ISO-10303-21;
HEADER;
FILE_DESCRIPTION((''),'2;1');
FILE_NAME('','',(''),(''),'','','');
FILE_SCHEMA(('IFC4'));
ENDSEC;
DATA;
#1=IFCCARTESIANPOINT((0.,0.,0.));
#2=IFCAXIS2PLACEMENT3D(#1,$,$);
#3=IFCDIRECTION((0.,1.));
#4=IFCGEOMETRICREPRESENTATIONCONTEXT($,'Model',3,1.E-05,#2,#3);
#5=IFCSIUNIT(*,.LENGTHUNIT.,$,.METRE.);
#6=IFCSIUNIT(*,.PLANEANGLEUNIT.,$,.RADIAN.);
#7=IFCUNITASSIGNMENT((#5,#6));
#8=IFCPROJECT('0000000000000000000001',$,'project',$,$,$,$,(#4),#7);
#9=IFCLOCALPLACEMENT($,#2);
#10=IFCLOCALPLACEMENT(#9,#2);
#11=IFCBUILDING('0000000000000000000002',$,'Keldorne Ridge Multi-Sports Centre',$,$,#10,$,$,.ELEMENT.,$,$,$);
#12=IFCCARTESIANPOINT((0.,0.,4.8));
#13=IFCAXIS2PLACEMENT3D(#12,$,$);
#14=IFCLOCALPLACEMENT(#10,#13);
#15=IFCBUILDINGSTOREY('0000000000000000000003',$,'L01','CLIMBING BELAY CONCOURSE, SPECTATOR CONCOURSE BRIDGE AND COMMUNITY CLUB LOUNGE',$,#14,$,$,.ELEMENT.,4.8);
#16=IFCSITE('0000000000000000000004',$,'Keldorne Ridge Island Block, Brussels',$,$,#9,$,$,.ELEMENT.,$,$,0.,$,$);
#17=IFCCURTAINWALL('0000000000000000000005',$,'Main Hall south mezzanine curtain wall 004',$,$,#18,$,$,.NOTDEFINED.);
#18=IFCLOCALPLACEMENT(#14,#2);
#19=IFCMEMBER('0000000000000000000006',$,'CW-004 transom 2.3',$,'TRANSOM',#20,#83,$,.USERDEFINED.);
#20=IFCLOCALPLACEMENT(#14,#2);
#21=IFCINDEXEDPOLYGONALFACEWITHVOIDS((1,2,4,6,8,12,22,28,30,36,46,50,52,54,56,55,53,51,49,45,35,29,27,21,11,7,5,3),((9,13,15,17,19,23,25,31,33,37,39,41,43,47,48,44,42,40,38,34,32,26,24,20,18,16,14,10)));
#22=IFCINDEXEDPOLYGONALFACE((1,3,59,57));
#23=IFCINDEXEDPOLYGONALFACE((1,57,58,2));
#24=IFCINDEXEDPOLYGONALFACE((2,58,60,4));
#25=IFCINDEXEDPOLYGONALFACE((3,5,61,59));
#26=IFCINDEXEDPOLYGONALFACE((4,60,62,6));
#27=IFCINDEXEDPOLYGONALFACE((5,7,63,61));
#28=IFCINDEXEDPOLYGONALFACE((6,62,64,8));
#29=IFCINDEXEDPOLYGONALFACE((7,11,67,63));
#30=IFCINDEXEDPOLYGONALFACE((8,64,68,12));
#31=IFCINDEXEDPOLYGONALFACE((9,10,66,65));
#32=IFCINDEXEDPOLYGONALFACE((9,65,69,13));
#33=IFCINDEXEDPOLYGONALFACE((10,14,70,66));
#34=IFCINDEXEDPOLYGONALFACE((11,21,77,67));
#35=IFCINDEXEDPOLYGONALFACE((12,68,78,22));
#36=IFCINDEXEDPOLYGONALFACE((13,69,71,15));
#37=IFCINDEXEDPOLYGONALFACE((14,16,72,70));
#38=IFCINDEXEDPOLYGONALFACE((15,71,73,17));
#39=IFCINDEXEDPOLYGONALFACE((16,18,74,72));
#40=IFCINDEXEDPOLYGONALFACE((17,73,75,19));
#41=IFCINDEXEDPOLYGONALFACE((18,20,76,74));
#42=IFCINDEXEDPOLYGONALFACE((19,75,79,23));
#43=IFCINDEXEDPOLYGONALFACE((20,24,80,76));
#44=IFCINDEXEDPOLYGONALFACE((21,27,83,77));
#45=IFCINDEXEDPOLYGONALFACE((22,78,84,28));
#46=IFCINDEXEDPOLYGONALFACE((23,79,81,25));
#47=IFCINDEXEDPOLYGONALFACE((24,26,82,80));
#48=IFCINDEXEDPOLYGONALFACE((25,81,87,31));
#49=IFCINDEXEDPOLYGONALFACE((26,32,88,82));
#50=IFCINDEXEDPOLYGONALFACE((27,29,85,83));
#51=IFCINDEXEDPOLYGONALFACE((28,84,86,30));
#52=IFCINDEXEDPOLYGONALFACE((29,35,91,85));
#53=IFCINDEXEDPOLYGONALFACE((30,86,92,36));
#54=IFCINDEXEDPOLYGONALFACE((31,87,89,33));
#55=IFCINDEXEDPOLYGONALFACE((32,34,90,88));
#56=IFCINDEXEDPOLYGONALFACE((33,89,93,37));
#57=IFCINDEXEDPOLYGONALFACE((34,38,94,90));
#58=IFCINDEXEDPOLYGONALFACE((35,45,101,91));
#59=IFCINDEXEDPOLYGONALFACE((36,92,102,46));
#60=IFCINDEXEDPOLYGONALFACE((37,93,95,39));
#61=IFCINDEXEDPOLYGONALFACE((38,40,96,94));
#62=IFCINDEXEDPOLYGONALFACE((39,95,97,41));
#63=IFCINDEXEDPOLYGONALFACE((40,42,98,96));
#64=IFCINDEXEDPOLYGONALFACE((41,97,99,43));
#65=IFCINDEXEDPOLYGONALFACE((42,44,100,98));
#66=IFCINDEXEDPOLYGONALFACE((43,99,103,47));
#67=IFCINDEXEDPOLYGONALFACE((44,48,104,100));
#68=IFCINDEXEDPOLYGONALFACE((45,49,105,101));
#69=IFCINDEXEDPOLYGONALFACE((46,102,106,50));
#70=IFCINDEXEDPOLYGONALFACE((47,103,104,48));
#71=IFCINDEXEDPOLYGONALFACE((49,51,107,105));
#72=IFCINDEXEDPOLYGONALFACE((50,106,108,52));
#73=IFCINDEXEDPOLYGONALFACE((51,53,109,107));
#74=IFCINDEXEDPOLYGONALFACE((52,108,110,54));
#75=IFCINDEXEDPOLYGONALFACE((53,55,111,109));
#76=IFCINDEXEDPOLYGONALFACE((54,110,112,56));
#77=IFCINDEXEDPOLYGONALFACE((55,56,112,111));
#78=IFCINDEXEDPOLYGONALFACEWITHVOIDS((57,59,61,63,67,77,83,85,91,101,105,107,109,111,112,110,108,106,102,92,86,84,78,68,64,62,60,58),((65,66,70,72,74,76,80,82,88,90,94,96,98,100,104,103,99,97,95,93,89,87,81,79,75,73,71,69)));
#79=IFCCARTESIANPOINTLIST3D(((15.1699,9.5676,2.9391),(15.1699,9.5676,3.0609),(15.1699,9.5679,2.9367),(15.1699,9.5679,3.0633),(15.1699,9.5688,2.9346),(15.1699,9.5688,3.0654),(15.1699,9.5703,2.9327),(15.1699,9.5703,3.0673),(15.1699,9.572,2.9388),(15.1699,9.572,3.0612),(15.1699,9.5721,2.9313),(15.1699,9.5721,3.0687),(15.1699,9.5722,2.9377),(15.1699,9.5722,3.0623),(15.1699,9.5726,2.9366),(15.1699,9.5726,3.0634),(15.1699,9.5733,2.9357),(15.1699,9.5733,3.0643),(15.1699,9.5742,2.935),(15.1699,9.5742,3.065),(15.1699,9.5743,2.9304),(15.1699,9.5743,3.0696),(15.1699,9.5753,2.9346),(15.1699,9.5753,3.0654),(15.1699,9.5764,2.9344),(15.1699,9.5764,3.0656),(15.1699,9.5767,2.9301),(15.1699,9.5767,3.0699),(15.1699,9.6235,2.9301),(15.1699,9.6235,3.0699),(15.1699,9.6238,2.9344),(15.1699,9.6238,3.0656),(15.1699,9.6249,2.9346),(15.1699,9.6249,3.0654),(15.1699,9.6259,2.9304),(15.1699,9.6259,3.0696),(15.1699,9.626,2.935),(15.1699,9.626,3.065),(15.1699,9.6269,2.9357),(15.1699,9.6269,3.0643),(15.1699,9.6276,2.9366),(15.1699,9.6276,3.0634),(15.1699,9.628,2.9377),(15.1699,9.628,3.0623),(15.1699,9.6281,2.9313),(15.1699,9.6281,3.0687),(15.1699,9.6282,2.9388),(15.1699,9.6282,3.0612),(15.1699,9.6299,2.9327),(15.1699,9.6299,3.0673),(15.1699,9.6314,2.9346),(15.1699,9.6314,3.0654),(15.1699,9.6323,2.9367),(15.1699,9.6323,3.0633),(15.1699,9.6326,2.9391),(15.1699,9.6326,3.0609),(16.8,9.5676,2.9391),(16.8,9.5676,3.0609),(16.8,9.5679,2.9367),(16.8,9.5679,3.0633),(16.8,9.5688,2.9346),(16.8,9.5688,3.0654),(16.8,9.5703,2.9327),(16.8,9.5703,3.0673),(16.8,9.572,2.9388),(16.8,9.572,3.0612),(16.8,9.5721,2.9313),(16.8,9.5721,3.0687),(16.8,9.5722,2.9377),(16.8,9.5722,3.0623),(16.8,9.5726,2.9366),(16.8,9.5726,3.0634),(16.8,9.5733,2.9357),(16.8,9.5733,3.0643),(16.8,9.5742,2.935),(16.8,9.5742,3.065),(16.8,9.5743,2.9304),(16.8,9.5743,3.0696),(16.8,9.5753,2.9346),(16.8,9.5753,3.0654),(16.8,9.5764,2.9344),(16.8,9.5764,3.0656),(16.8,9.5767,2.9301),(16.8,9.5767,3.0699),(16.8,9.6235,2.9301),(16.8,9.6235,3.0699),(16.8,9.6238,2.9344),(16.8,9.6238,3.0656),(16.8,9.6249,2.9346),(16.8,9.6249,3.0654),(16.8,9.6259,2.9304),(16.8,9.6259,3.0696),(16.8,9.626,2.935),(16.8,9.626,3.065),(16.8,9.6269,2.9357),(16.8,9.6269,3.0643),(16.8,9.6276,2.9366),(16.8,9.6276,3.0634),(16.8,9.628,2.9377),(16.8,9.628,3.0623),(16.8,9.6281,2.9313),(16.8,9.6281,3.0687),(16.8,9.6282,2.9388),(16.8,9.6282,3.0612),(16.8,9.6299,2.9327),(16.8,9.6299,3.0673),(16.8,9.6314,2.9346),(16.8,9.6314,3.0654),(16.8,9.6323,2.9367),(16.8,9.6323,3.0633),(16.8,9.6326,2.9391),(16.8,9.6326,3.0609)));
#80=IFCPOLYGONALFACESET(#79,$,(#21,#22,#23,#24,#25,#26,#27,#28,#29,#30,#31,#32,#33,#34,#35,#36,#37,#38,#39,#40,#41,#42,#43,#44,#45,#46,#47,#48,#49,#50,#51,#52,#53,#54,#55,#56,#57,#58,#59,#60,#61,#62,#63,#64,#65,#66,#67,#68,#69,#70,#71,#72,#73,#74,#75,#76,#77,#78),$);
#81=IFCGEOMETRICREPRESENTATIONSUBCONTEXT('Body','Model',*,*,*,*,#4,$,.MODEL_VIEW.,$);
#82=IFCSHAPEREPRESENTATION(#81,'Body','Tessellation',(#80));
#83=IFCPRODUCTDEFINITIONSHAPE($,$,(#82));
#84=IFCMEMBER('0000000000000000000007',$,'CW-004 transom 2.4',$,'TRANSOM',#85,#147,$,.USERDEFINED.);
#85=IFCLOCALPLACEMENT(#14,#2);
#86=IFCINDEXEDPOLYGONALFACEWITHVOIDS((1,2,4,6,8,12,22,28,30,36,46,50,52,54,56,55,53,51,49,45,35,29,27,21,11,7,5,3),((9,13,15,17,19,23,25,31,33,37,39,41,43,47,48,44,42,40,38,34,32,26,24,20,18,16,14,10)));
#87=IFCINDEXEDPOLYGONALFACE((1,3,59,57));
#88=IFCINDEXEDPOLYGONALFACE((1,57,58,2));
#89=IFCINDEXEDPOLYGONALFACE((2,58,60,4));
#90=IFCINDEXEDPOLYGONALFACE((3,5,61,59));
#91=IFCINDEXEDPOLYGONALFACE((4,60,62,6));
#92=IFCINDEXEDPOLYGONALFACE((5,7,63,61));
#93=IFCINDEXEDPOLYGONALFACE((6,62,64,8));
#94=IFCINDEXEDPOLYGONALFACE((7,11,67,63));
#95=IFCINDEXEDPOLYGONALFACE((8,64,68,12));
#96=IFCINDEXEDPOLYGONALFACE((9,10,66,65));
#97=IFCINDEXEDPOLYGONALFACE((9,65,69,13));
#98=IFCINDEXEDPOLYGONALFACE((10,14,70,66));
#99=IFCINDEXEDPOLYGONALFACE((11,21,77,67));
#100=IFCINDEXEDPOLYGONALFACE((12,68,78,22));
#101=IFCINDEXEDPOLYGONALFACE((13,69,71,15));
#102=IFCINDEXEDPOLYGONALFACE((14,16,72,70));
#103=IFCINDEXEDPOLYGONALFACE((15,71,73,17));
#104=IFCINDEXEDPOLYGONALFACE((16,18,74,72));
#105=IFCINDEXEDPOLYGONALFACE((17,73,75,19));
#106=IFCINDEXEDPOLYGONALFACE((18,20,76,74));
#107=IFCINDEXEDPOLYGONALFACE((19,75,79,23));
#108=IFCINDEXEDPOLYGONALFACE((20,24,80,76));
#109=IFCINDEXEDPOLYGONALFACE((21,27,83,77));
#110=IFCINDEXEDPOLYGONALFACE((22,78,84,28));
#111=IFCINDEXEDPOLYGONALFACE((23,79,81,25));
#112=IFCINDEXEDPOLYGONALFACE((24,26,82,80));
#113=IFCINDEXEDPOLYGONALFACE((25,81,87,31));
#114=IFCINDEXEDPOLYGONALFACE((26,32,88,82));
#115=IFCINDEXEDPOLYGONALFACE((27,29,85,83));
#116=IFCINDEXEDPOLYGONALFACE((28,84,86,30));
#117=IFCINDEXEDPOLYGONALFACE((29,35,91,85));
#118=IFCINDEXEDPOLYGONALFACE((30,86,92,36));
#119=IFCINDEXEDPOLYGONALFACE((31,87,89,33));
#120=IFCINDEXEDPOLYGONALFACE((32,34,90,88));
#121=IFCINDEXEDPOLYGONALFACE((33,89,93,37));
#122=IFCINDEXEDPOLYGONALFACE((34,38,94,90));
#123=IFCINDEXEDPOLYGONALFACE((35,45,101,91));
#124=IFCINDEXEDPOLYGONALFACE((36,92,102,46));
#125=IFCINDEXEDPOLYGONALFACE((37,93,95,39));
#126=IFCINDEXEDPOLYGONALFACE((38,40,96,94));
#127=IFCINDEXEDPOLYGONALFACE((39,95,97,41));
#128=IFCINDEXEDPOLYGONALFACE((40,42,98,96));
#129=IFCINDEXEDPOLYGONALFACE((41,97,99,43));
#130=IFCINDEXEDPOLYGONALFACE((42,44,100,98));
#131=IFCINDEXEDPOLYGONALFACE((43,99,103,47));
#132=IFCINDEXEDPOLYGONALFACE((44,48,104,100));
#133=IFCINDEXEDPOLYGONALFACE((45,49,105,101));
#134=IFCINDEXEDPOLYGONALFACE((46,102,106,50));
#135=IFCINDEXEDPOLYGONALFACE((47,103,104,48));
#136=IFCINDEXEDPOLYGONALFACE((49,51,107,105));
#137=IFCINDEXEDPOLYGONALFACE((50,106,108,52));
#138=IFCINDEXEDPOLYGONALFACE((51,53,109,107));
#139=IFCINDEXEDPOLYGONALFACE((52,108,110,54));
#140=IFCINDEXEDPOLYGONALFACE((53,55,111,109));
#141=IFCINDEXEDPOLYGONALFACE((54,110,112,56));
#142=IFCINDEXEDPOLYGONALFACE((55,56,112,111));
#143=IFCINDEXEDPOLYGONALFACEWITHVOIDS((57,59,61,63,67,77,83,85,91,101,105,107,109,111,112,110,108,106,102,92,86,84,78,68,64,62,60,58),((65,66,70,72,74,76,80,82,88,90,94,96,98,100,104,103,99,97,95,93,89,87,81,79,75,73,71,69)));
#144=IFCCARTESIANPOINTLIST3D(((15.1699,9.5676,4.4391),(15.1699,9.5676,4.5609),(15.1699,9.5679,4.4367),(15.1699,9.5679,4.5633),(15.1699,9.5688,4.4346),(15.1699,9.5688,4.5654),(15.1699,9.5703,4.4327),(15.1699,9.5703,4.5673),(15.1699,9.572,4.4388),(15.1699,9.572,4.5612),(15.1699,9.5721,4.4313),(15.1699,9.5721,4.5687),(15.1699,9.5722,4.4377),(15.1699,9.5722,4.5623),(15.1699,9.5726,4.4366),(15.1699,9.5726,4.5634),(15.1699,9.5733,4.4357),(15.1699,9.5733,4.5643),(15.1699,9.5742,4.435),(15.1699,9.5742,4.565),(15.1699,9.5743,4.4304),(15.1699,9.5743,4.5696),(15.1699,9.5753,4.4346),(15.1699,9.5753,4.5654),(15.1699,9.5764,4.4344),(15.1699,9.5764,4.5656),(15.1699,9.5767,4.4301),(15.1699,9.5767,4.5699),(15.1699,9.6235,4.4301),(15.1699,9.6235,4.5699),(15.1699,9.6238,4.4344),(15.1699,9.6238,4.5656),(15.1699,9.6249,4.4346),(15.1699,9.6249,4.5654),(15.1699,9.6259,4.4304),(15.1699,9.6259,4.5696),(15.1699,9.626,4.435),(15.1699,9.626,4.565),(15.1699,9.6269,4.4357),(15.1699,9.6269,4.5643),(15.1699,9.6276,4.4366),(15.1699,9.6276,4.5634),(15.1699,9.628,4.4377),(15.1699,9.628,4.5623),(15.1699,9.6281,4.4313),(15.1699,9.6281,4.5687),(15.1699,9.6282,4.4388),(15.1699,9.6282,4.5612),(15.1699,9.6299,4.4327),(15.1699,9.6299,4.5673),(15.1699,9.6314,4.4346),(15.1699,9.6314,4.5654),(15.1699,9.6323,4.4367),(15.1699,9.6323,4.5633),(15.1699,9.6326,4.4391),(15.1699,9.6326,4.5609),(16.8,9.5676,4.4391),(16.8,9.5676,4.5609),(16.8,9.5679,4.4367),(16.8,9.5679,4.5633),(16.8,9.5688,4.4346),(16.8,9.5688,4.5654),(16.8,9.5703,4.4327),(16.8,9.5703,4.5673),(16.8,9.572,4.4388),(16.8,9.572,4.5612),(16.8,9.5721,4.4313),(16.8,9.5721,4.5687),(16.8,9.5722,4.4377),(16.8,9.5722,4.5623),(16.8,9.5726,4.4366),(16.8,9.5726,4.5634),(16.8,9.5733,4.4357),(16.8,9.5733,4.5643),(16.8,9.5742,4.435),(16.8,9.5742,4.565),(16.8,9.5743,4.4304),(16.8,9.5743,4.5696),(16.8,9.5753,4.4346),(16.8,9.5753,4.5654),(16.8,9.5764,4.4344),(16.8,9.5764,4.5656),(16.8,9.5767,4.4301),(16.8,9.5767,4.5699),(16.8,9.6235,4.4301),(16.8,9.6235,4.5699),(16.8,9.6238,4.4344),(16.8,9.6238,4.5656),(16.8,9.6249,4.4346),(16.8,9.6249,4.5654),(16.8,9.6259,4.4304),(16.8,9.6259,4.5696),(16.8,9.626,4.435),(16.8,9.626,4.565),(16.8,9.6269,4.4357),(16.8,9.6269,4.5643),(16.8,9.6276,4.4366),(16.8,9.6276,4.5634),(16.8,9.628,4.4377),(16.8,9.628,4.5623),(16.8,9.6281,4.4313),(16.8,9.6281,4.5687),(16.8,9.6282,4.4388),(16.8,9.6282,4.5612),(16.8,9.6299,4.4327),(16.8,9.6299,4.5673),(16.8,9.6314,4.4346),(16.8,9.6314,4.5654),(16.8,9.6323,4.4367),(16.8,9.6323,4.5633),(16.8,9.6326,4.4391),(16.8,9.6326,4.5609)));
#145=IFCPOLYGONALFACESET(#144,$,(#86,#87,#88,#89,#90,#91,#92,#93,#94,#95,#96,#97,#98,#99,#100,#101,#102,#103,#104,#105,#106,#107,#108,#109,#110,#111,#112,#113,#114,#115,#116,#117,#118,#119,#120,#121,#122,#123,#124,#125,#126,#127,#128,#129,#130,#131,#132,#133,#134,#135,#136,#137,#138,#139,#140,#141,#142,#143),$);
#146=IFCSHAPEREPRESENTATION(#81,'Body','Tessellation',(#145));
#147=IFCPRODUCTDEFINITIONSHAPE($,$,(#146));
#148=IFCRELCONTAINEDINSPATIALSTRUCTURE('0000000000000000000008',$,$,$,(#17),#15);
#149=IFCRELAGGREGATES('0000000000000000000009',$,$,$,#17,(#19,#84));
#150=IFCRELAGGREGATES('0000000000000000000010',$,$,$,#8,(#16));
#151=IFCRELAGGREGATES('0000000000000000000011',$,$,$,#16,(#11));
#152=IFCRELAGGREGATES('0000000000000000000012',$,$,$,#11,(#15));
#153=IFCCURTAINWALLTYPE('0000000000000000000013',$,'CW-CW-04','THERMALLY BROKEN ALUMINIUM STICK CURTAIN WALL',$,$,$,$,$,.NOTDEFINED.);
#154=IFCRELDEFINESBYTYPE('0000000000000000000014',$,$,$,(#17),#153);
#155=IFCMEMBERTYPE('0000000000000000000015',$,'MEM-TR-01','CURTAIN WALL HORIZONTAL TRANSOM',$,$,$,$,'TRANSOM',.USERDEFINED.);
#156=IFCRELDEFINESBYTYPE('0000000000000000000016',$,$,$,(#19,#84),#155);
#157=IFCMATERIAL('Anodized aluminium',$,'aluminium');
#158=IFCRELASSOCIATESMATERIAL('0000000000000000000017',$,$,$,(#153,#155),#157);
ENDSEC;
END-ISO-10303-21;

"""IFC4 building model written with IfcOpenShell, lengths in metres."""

from ifc_helpers import new_model, si_unit, direction, frame, origin, origin_2d, place, context, subcontext, project, spatial, hollow_rectangle, extrude, material, material_profile, profile_set, type_object, element, aggregate, save


model = new_model("IFC4")

# Units and contexts
model_context = context("Model", 3, precision=1e-05, world=origin(), true_north=direction((0.0, 1.0)))
body_context = subcontext(model_context, "Body", "Model", "MODEL_VIEW")
ifc_project = project(units=[si_unit("LENGTHUNIT", "METRE"), si_unit("PLANEANGLEUNIT", "RADIAN")], contexts=[model_context])

# Site, building, storey
site_placement = place(None, origin())
site = spatial("IfcSite", under=ifc_project, at=site_placement, Name="Keldorne Ridge Island Block, Brussels", CompositionType="ELEMENT", RefElevation=0.0)
building_placement = place(site_placement, origin())
building = spatial("IfcBuilding", under=site, at=building_placement, Name="Keldorne Ridge Multi-Sports Centre", CompositionType="ELEMENT")
storey_placement = place(building_placement, frame((0.0, 0.0, 4.8)))
storey = spatial("IfcBuildingStorey", under=building, at=storey_placement, Name="L01", Description="CLIMBING BELAY CONCOURSE, SPECTATOR CONCOURSE BRIDGE AND COMMUNITY CLUB LOUNGE", CompositionType="ELEMENT", Elevation=4.8)

# Curtain wall, members
ifc_material_1 = material(Name="Anodized aluminium", Category="aluminium")
curtain_wall_type_1 = type_object("IfcCurtainWallType", Name="CW-CW-04", Description="THERMALLY BROKEN ALUMINIUM STICK CURTAIN WALL", PredefinedType="NOTDEFINED", material=ifc_material_1)
curtain_wall_1_placement = place(storey_placement, origin())
curtain_wall_1 = element("IfcCurtainWall", 1, at=curtain_wall_1_placement, inside=storey, type_object=curtain_wall_type_1, Name="Main Hall south mezzanine curtain wall 004", PredefinedType="NOTDEFINED")
ifc_material_profile_1 = material_profile(ifc_material_1, hollow_rectangle(XDim=0.0649, YDim=0.1399, WallThickness=0.0044, InnerFilletRadius=0.0044, OuterFilletRadius=0.009, at=origin_2d()), Name="ALU TRANSOM 140x65x4.5")
ifc_profile_set_1 = profile_set([ifc_material_profile_1], Name="Anodized aluminium")
member_type = type_object("IfcMemberType", Name="MEM-TR-01", Description="CURTAIN WALL HORIZONTAL TRANSOM", ElementType="TRANSOM", PredefinedType="USERDEFINED", material=ifc_profile_set_1)
member_1_placement = place(storey_placement, frame((15.1699, 9.6001, 3.0), z_axis=(1.0, 0.0, 0.0), x_axis=(0.0, 1.0, 0.0)))
member_1 = element("IfcMember", 2, at=member_1_placement, type_object=member_type, Name="CW-004 transom 2.3", ObjectType="TRANSOM", PredefinedType="USERDEFINED", context=body_context, shape_type="SweptSolid", body=[
    extrude(hollow_rectangle(XDim=0.0649, YDim=0.1399, WallThickness=0.0044, InnerFilletRadius=0.0044, OuterFilletRadius=0.009, at=origin_2d()), origin(), (0.0, 0.0, 1.0), 1.6301),
])
member_2_placement = place(storey_placement, frame((15.1699, 9.6001, 4.5), z_axis=(1.0, 0.0, 0.0), x_axis=(0.0, 1.0, 0.0)))
member_2 = element("IfcMember", 3, at=member_2_placement, type_object=member_type, Name="CW-004 transom 2.4", ObjectType="TRANSOM", PredefinedType="USERDEFINED", context=body_context, shape_type="SweptSolid", body=[
    extrude(hollow_rectangle(XDim=0.0649, YDim=0.1399, WallThickness=0.0044, InnerFilletRadius=0.0044, OuterFilletRadius=0.009, at=origin_2d()), origin(), (0.0, 0.0, 1.0), 1.6301),
])

aggregate(curtain_wall_1, [member_1, member_2])

save(model, "model.ifc")
